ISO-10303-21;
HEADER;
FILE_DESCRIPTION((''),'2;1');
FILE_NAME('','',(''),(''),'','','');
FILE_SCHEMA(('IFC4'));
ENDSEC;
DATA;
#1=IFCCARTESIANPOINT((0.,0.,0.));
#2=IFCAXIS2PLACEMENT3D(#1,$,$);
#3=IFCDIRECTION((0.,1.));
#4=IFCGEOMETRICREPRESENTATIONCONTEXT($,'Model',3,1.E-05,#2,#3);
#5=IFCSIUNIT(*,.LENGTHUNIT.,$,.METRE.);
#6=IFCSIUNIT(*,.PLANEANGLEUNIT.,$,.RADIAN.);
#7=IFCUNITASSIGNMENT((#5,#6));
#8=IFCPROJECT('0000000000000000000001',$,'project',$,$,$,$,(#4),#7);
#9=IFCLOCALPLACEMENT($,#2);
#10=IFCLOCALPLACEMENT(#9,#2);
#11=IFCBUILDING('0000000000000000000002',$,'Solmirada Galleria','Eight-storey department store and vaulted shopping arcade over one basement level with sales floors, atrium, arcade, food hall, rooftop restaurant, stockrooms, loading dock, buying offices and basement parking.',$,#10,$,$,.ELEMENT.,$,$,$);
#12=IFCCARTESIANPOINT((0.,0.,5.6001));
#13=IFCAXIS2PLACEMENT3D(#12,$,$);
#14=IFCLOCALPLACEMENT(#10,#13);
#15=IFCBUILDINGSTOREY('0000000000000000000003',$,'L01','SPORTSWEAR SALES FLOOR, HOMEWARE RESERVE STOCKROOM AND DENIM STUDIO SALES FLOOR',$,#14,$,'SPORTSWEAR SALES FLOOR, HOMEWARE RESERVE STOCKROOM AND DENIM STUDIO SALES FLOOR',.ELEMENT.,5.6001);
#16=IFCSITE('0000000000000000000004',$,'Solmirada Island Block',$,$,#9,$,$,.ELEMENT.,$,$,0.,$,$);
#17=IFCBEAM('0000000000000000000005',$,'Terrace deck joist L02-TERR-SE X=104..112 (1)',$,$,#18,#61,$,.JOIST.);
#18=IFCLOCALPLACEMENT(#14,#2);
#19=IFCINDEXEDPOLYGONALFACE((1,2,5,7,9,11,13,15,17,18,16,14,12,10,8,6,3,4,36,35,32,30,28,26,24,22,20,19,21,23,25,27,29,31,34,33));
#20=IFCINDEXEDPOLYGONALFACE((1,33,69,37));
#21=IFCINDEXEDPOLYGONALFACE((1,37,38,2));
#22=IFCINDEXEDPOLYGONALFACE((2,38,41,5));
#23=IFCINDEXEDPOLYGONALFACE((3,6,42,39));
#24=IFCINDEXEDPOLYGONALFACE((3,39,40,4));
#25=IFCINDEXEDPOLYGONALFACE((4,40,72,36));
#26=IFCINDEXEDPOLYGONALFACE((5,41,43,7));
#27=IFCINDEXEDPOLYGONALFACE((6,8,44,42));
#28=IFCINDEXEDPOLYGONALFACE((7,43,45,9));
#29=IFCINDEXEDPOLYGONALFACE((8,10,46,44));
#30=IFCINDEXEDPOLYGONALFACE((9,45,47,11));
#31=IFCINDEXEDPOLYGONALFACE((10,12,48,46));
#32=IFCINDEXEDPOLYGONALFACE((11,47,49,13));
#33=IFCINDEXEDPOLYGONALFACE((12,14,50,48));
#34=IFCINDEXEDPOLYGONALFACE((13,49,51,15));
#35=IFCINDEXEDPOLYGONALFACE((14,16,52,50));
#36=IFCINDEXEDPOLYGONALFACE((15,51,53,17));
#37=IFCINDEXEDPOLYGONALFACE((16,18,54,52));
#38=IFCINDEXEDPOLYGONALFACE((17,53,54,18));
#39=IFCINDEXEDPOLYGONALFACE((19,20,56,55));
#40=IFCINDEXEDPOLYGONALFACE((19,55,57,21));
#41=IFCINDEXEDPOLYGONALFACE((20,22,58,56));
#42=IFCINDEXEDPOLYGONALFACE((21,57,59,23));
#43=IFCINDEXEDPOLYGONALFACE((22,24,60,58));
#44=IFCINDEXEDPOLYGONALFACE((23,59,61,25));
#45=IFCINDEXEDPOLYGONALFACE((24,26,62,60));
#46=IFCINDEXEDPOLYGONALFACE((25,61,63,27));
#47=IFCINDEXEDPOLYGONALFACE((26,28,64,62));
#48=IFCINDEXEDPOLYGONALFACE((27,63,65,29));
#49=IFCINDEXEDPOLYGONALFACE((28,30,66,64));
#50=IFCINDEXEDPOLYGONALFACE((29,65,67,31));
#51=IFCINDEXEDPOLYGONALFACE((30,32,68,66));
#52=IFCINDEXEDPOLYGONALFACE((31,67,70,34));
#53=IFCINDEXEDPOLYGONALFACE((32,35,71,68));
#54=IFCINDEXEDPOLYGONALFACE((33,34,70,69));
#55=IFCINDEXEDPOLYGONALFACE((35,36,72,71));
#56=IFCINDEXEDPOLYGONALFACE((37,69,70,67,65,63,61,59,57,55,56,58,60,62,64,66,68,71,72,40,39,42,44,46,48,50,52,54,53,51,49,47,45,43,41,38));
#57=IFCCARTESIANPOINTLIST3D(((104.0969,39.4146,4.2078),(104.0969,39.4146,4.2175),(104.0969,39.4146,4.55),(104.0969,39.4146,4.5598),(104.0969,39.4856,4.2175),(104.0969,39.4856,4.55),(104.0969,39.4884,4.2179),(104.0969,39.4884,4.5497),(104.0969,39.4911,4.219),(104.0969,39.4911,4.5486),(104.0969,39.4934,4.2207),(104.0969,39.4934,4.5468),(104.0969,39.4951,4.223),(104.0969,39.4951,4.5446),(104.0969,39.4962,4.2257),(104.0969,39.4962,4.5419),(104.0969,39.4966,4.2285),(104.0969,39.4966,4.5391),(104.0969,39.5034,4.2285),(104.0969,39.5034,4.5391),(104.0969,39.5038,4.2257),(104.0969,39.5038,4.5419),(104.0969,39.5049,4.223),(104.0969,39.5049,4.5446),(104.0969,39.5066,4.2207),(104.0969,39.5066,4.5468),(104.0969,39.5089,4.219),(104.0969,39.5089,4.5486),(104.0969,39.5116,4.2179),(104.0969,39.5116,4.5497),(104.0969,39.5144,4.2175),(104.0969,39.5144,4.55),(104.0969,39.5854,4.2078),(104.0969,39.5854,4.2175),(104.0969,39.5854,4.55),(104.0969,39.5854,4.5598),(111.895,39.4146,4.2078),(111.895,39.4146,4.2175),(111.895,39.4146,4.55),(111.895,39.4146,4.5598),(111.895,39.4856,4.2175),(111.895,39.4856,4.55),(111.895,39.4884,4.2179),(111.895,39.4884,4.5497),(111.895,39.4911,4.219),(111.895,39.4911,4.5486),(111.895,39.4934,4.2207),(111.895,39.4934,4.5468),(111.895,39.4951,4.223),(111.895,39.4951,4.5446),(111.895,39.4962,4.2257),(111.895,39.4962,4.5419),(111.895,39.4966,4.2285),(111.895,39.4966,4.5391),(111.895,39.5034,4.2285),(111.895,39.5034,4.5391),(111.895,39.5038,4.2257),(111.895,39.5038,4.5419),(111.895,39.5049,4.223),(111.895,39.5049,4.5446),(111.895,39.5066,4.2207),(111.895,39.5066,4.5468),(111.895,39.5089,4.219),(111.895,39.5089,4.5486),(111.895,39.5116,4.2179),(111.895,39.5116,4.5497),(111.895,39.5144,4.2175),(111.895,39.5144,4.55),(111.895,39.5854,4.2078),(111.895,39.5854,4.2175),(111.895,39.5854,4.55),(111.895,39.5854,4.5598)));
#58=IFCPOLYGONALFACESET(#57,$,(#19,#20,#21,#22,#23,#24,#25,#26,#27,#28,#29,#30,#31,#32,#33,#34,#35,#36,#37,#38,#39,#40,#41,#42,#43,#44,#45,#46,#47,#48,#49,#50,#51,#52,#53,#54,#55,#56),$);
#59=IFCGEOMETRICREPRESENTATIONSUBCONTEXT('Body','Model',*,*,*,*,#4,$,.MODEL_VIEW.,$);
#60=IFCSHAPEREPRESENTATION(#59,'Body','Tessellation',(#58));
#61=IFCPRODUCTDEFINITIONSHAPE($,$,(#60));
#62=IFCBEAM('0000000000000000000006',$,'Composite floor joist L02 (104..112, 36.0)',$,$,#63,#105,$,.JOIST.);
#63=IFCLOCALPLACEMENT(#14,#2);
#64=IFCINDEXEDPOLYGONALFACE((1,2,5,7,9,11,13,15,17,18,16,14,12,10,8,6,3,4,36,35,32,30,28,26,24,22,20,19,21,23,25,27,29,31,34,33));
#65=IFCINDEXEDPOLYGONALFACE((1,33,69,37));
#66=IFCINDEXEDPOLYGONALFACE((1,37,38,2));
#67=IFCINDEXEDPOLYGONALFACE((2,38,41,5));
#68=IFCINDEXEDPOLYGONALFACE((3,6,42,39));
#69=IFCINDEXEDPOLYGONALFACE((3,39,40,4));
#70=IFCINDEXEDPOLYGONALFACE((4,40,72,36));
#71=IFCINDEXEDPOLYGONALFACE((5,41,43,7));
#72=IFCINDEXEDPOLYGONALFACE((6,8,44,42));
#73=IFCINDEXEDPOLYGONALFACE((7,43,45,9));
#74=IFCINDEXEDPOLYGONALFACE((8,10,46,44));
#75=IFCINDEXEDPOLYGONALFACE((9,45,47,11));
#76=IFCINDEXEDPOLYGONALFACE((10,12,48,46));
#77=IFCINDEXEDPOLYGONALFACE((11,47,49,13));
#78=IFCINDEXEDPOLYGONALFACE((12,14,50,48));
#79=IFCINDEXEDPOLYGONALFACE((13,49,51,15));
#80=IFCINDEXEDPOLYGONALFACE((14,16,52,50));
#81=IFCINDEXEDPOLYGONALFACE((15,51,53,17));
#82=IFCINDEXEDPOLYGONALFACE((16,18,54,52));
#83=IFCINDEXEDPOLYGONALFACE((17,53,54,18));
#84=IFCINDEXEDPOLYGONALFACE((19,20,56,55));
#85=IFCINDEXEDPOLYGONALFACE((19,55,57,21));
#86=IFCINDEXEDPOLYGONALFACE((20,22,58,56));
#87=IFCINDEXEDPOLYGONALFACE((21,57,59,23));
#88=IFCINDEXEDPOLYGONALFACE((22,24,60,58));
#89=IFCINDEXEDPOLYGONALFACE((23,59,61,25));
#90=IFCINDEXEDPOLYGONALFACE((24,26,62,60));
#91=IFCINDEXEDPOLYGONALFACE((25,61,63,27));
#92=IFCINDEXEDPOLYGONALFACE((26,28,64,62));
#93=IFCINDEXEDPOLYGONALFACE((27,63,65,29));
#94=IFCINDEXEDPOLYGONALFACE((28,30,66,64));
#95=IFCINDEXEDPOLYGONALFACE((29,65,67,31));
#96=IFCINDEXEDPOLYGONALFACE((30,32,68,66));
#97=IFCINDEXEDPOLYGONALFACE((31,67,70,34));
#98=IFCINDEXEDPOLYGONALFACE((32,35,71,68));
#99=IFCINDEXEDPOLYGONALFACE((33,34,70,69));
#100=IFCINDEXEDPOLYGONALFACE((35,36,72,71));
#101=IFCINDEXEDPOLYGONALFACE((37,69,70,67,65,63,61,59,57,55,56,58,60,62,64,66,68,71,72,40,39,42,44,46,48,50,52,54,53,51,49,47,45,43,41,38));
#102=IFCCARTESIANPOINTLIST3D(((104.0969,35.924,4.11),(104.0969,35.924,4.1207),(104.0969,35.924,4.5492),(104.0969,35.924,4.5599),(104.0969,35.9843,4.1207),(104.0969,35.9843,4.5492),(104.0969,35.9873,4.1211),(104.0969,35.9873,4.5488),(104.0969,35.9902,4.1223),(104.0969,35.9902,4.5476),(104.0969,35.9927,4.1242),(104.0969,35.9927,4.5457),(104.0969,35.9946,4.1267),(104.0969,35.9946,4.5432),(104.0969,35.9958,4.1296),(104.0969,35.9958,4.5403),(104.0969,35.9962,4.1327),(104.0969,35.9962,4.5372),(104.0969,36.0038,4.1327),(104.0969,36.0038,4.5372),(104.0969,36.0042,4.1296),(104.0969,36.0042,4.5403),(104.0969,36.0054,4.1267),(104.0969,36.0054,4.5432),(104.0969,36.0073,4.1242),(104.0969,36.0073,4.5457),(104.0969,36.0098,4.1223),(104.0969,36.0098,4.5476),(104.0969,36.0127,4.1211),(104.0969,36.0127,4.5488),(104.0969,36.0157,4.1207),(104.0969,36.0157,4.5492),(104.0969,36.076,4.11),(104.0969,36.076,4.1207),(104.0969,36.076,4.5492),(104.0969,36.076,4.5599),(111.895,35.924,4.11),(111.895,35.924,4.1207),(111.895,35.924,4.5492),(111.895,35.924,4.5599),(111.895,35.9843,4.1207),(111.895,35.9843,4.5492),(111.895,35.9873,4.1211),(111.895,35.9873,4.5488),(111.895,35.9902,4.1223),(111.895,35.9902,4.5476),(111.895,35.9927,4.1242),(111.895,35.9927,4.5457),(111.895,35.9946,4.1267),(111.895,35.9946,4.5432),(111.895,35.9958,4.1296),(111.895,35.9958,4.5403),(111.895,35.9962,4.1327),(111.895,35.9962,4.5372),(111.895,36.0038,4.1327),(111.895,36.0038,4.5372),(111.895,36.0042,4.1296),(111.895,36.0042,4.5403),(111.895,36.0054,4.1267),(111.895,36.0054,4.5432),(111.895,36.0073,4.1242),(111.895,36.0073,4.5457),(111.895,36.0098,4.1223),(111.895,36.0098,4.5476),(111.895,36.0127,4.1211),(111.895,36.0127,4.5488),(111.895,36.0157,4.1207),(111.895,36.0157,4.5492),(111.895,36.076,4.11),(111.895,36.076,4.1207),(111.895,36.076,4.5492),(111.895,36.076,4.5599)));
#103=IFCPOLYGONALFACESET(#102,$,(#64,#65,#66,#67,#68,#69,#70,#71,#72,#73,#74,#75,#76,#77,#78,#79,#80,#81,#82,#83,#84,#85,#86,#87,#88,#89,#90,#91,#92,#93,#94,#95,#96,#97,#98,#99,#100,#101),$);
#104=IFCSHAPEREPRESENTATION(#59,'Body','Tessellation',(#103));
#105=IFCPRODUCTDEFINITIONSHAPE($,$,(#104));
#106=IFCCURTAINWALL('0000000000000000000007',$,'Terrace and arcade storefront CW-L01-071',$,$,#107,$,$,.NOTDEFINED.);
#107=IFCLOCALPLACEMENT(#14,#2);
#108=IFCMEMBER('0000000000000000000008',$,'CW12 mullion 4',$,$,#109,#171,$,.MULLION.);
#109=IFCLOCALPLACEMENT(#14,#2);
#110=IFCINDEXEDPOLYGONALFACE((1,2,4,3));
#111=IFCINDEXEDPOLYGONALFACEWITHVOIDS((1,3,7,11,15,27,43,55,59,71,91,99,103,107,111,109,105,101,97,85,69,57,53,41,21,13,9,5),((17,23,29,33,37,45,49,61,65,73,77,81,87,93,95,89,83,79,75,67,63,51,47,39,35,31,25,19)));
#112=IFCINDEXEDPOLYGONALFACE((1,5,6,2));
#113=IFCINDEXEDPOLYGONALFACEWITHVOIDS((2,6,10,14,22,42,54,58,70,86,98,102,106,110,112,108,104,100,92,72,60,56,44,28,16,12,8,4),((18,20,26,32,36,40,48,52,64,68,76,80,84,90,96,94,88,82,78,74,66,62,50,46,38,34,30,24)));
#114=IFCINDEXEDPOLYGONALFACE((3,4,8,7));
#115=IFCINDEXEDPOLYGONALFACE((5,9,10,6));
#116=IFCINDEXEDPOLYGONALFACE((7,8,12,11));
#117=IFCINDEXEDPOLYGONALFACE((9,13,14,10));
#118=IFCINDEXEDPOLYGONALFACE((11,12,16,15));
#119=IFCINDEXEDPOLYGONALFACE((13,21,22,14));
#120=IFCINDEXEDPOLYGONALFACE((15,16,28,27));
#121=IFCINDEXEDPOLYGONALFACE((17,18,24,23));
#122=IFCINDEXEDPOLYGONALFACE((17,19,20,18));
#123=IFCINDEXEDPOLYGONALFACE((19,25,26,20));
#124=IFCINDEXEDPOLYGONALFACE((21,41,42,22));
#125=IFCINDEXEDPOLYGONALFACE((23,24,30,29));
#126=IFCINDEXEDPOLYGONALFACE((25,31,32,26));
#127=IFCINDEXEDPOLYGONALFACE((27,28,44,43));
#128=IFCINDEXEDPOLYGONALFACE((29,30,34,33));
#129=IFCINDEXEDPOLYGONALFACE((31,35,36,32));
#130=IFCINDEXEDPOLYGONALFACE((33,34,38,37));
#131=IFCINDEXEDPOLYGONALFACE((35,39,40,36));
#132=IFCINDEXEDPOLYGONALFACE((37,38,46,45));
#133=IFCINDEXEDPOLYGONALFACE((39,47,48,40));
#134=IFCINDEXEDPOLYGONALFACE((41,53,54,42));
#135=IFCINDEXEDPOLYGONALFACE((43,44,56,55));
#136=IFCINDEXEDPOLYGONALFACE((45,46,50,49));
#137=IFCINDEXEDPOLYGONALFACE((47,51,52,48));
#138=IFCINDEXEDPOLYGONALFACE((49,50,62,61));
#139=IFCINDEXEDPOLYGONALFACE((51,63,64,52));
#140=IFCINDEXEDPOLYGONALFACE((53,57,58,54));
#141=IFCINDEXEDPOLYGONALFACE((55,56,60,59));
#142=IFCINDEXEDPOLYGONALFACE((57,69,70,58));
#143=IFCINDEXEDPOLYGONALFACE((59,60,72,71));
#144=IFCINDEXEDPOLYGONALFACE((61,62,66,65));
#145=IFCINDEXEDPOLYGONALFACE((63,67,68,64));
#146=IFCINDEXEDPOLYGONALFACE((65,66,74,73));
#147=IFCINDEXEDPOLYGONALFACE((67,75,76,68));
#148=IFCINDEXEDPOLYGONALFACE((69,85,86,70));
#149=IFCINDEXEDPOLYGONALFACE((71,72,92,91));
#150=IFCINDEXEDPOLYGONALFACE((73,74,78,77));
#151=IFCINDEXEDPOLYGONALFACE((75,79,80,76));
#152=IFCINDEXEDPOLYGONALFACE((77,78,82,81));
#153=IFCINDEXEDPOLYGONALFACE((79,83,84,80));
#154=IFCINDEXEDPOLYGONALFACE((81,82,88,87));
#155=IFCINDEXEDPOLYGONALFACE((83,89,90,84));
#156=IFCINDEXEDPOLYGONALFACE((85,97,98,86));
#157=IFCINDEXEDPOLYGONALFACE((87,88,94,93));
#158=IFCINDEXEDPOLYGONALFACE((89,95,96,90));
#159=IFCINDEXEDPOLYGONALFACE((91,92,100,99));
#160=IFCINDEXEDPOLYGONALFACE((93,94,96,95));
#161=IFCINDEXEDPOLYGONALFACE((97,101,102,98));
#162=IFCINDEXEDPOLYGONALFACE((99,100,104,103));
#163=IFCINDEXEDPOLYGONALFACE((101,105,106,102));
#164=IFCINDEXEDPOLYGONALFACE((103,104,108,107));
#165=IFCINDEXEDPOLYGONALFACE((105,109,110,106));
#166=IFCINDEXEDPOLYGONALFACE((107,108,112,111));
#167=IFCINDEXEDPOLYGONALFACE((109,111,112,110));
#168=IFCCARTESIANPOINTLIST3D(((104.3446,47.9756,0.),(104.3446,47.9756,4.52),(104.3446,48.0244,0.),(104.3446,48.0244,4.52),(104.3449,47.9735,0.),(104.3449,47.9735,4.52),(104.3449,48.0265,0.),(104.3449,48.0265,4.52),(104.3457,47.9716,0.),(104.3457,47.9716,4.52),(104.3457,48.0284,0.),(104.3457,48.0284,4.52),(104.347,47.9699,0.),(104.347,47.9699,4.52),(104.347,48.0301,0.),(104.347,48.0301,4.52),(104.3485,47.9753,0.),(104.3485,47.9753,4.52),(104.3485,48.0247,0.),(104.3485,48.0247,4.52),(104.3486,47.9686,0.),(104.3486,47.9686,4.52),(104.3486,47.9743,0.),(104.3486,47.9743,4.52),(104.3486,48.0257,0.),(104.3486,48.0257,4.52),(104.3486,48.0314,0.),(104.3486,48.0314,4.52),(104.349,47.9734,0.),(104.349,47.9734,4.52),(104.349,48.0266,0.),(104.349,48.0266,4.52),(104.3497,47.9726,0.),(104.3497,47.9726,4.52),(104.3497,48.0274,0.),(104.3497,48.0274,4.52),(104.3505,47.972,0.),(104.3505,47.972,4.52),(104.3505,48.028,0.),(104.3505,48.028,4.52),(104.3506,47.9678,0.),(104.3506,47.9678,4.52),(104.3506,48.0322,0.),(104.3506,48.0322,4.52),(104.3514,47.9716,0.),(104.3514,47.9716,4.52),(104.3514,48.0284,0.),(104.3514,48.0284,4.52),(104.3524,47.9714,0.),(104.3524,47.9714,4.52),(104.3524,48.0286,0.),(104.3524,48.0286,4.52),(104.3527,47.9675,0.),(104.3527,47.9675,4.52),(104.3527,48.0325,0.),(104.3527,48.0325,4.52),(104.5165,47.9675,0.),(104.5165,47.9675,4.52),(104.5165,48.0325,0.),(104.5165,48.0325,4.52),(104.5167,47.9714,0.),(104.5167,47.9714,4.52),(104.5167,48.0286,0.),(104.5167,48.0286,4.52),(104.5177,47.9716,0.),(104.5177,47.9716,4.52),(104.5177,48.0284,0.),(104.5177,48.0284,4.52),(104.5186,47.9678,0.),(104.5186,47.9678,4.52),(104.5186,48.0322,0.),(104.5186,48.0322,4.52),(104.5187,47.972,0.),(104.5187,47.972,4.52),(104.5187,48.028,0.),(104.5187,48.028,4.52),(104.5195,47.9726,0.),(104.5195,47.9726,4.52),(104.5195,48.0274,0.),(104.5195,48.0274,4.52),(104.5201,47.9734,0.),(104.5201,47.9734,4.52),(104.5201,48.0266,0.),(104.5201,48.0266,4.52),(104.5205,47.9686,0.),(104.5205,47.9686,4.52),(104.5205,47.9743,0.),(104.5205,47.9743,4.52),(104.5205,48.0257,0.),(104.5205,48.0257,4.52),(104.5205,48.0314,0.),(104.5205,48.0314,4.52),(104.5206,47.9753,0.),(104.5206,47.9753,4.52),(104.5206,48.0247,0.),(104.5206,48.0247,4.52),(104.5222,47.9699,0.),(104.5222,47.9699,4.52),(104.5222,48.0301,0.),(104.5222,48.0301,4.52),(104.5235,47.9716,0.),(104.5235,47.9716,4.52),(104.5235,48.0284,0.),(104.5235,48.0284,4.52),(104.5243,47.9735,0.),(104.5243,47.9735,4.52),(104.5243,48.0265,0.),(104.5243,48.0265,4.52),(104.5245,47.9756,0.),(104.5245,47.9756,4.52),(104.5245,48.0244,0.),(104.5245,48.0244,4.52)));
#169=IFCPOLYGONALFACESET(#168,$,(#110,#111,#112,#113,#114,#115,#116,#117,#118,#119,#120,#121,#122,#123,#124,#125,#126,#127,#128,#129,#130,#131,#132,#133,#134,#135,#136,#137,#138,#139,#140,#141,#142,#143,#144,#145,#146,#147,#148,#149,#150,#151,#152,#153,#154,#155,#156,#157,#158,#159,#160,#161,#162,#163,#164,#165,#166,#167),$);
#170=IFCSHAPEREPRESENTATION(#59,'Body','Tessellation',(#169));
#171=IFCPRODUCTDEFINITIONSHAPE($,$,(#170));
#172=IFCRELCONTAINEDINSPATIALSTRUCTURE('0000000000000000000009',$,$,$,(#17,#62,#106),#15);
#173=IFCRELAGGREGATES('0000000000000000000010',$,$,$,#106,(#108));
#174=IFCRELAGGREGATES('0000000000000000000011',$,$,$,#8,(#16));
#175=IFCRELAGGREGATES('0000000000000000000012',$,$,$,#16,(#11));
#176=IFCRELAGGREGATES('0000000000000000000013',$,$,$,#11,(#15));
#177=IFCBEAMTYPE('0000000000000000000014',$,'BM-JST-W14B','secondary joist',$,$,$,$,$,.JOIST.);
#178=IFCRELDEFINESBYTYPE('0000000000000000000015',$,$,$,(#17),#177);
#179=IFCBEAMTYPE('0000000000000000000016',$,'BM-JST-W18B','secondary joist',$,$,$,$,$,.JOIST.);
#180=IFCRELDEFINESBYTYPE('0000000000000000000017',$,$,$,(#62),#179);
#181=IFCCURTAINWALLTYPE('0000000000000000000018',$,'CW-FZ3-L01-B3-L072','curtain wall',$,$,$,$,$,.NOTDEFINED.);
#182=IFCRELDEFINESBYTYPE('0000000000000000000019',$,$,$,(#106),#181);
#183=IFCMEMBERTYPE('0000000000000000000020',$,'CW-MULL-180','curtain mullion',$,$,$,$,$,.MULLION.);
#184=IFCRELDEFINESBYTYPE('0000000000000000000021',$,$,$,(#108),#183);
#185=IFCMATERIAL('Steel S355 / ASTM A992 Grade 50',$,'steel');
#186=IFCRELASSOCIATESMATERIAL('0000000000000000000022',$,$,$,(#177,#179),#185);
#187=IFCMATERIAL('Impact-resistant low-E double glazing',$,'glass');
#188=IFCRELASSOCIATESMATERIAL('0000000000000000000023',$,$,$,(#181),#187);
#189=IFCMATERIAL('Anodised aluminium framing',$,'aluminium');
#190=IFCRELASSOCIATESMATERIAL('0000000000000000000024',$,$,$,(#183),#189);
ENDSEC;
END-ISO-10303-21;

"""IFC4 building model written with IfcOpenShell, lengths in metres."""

from ifc_helpers import new_model, si_unit, direction, frame, origin, origin_2d, place, context, subcontext, project, spatial, hollow_rectangle, i_section, extrude, material, material_profile, profile_set, type_object, element, aggregate, save


model = new_model("IFC4")

# Units and contexts
model_context = context("Model", 3, precision=1e-05, world=origin(), true_north=direction((0.0, 1.0)))
body_context = subcontext(model_context, "Body", "Model", "MODEL_VIEW")
ifc_project = project(units=[si_unit("LENGTHUNIT", "METRE"), si_unit("PLANEANGLEUNIT", "RADIAN")], contexts=[model_context])

# Site, building, storey
site_placement = place(None, origin())
site = spatial("IfcSite", under=ifc_project, at=site_placement, Name="Solmirada Island Block", CompositionType="ELEMENT", RefElevation=0.0)
building_placement = place(site_placement, origin())
building = spatial("IfcBuilding", under=site, at=building_placement, Name="Solmirada Galleria", Description="Eight-storey department store and vaulted shopping arcade over one basement level with sales floors, atrium, arcade, food hall, rooftop restaurant, stockrooms, loading dock, buying offices and basement parking.", CompositionType="ELEMENT")
storey_placement = place(building_placement, frame((0.0, 0.0, 5.6001)))
storey = spatial("IfcBuildingStorey", under=building, at=storey_placement, Name="L01", Description="SPORTSWEAR SALES FLOOR, HOMEWARE RESERVE STOCKROOM AND DENIM STUDIO SALES FLOOR", LongName="SPORTSWEAR SALES FLOOR, HOMEWARE RESERVE STOCKROOM AND DENIM STUDIO SALES FLOOR", CompositionType="ELEMENT", Elevation=5.6001)

# Beams
ifc_material_1 = material(Name="Steel S355 / ASTM A992 Grade 50", Category="steel")
ifc_material_profile_1 = material_profile(ifc_material_1, i_section(OverallWidth=0.1709, OverallDepth=0.3521, WebThickness=0.0068, FlangeThickness=0.0098, FilletRadius=0.011, at=origin_2d()), Name="W14X30")
ifc_profile_set_1 = profile_set([ifc_material_profile_1], Name="Steel S355 / ASTM A992 Grade 50")
beam_type_1 = type_object("IfcBeamType", Name="BM-JST-W14B", Description="secondary joist", PredefinedType="JOIST", material=ifc_profile_set_1)
beam_1_placement = place(storey_placement, frame((104.0969, 39.5, 4.3838), z_axis=(1.0, 0.0, 0.0), x_axis=(0.0, 1.0, 0.0)))
element("IfcBeam", 1, at=beam_1_placement, inside=storey, type_object=beam_type_1, Name="Terrace deck joist L02-TERR-SE X=104..112 (1)", PredefinedType="JOIST", context=body_context, shape_type="SweptSolid", body=[
    extrude(i_section(OverallWidth=0.1709, OverallDepth=0.3521, WebThickness=0.0068, FlangeThickness=0.0098, FilletRadius=0.011, at=origin_2d()), origin(), (0.0, 0.0, 1.0), 7.7981),
])
ifc_material_profile_2 = material_profile(ifc_material_1, i_section(OverallWidth=0.1521, OverallDepth=0.45, WebThickness=0.0076, FlangeThickness=0.0107, FilletRadius=0.012, at=origin_2d()), Name="W18X35")
ifc_profile_set_2 = profile_set([ifc_material_profile_2], Name="Steel S355 / ASTM A992 Grade 50")
beam_type_2 = type_object("IfcBeamType", Name="BM-JST-W18B", Description="secondary joist", PredefinedType="JOIST", material=ifc_profile_set_2)
beam_2_placement = place(storey_placement, frame((104.0969, 36.0, 4.335), z_axis=(1.0, 0.0, 0.0), x_axis=(0.0, 1.0, 0.0)))
element("IfcBeam", 2, at=beam_2_placement, inside=storey, type_object=beam_type_2, Name="Composite floor joist L02 (104..112, 36.0)", PredefinedType="JOIST", context=body_context, shape_type="SweptSolid", body=[
    extrude(i_section(OverallWidth=0.1521, OverallDepth=0.45, WebThickness=0.0076, FlangeThickness=0.0107, FilletRadius=0.012, at=origin_2d()), origin(), (0.0, 0.0, 1.0), 7.7981),
])

# Curtain wall, member
ifc_material_2 = material(Name="Impact-resistant low-E double glazing", Category="glass")
curtain_wall_type_1 = type_object("IfcCurtainWallType", Name="CW-FZ3-L01-B3-L072", Description="curtain wall", PredefinedType="NOTDEFINED", material=ifc_material_2)
curtain_wall_1_placement = place(storey_placement, origin())
curtain_wall_1 = element("IfcCurtainWall", 3, at=curtain_wall_1_placement, inside=storey, type_object=curtain_wall_type_1, Name="Terrace and arcade storefront CW-L01-071", PredefinedType="NOTDEFINED")
ifc_material_3 = material(Name="Anodised aluminium framing", Category="aluminium")
ifc_material_profile_3 = material_profile(ifc_material_3, hollow_rectangle(XDim=0.0649, YDim=0.1799, WallThickness=0.0039, InnerFilletRadius=0.0039, OuterFilletRadius=0.0081, at=origin_2d()), Name="ALU-MULL-180X65")
ifc_profile_set_3 = profile_set([ifc_material_profile_3], Name="Anodised aluminium framing")
member_type_1 = type_object("IfcMemberType", Name="CW-MULL-180", Description="curtain mullion", PredefinedType="MULLION", material=ifc_profile_set_3)
member_1_placement = place(storey_placement, frame((104.4346, 48.0, 0.0), z_axis=(0.0, 0.0, 1.0), x_axis=(0.0, -1.0, 0.0)))
member_1 = element("IfcMember", 4, at=member_1_placement, type_object=member_type_1, Name="CW12 mullion 4", PredefinedType="MULLION", context=body_context, shape_type="SweptSolid", body=[
    extrude(hollow_rectangle(XDim=0.0649, YDim=0.1799, WallThickness=0.0039, InnerFilletRadius=0.0039, OuterFilletRadius=0.0081, at=origin_2d()), origin(), (0.0, 0.0, 1.0), 4.52),
])

aggregate(curtain_wall_1, [member_1])

save(model, "model.ifc")
